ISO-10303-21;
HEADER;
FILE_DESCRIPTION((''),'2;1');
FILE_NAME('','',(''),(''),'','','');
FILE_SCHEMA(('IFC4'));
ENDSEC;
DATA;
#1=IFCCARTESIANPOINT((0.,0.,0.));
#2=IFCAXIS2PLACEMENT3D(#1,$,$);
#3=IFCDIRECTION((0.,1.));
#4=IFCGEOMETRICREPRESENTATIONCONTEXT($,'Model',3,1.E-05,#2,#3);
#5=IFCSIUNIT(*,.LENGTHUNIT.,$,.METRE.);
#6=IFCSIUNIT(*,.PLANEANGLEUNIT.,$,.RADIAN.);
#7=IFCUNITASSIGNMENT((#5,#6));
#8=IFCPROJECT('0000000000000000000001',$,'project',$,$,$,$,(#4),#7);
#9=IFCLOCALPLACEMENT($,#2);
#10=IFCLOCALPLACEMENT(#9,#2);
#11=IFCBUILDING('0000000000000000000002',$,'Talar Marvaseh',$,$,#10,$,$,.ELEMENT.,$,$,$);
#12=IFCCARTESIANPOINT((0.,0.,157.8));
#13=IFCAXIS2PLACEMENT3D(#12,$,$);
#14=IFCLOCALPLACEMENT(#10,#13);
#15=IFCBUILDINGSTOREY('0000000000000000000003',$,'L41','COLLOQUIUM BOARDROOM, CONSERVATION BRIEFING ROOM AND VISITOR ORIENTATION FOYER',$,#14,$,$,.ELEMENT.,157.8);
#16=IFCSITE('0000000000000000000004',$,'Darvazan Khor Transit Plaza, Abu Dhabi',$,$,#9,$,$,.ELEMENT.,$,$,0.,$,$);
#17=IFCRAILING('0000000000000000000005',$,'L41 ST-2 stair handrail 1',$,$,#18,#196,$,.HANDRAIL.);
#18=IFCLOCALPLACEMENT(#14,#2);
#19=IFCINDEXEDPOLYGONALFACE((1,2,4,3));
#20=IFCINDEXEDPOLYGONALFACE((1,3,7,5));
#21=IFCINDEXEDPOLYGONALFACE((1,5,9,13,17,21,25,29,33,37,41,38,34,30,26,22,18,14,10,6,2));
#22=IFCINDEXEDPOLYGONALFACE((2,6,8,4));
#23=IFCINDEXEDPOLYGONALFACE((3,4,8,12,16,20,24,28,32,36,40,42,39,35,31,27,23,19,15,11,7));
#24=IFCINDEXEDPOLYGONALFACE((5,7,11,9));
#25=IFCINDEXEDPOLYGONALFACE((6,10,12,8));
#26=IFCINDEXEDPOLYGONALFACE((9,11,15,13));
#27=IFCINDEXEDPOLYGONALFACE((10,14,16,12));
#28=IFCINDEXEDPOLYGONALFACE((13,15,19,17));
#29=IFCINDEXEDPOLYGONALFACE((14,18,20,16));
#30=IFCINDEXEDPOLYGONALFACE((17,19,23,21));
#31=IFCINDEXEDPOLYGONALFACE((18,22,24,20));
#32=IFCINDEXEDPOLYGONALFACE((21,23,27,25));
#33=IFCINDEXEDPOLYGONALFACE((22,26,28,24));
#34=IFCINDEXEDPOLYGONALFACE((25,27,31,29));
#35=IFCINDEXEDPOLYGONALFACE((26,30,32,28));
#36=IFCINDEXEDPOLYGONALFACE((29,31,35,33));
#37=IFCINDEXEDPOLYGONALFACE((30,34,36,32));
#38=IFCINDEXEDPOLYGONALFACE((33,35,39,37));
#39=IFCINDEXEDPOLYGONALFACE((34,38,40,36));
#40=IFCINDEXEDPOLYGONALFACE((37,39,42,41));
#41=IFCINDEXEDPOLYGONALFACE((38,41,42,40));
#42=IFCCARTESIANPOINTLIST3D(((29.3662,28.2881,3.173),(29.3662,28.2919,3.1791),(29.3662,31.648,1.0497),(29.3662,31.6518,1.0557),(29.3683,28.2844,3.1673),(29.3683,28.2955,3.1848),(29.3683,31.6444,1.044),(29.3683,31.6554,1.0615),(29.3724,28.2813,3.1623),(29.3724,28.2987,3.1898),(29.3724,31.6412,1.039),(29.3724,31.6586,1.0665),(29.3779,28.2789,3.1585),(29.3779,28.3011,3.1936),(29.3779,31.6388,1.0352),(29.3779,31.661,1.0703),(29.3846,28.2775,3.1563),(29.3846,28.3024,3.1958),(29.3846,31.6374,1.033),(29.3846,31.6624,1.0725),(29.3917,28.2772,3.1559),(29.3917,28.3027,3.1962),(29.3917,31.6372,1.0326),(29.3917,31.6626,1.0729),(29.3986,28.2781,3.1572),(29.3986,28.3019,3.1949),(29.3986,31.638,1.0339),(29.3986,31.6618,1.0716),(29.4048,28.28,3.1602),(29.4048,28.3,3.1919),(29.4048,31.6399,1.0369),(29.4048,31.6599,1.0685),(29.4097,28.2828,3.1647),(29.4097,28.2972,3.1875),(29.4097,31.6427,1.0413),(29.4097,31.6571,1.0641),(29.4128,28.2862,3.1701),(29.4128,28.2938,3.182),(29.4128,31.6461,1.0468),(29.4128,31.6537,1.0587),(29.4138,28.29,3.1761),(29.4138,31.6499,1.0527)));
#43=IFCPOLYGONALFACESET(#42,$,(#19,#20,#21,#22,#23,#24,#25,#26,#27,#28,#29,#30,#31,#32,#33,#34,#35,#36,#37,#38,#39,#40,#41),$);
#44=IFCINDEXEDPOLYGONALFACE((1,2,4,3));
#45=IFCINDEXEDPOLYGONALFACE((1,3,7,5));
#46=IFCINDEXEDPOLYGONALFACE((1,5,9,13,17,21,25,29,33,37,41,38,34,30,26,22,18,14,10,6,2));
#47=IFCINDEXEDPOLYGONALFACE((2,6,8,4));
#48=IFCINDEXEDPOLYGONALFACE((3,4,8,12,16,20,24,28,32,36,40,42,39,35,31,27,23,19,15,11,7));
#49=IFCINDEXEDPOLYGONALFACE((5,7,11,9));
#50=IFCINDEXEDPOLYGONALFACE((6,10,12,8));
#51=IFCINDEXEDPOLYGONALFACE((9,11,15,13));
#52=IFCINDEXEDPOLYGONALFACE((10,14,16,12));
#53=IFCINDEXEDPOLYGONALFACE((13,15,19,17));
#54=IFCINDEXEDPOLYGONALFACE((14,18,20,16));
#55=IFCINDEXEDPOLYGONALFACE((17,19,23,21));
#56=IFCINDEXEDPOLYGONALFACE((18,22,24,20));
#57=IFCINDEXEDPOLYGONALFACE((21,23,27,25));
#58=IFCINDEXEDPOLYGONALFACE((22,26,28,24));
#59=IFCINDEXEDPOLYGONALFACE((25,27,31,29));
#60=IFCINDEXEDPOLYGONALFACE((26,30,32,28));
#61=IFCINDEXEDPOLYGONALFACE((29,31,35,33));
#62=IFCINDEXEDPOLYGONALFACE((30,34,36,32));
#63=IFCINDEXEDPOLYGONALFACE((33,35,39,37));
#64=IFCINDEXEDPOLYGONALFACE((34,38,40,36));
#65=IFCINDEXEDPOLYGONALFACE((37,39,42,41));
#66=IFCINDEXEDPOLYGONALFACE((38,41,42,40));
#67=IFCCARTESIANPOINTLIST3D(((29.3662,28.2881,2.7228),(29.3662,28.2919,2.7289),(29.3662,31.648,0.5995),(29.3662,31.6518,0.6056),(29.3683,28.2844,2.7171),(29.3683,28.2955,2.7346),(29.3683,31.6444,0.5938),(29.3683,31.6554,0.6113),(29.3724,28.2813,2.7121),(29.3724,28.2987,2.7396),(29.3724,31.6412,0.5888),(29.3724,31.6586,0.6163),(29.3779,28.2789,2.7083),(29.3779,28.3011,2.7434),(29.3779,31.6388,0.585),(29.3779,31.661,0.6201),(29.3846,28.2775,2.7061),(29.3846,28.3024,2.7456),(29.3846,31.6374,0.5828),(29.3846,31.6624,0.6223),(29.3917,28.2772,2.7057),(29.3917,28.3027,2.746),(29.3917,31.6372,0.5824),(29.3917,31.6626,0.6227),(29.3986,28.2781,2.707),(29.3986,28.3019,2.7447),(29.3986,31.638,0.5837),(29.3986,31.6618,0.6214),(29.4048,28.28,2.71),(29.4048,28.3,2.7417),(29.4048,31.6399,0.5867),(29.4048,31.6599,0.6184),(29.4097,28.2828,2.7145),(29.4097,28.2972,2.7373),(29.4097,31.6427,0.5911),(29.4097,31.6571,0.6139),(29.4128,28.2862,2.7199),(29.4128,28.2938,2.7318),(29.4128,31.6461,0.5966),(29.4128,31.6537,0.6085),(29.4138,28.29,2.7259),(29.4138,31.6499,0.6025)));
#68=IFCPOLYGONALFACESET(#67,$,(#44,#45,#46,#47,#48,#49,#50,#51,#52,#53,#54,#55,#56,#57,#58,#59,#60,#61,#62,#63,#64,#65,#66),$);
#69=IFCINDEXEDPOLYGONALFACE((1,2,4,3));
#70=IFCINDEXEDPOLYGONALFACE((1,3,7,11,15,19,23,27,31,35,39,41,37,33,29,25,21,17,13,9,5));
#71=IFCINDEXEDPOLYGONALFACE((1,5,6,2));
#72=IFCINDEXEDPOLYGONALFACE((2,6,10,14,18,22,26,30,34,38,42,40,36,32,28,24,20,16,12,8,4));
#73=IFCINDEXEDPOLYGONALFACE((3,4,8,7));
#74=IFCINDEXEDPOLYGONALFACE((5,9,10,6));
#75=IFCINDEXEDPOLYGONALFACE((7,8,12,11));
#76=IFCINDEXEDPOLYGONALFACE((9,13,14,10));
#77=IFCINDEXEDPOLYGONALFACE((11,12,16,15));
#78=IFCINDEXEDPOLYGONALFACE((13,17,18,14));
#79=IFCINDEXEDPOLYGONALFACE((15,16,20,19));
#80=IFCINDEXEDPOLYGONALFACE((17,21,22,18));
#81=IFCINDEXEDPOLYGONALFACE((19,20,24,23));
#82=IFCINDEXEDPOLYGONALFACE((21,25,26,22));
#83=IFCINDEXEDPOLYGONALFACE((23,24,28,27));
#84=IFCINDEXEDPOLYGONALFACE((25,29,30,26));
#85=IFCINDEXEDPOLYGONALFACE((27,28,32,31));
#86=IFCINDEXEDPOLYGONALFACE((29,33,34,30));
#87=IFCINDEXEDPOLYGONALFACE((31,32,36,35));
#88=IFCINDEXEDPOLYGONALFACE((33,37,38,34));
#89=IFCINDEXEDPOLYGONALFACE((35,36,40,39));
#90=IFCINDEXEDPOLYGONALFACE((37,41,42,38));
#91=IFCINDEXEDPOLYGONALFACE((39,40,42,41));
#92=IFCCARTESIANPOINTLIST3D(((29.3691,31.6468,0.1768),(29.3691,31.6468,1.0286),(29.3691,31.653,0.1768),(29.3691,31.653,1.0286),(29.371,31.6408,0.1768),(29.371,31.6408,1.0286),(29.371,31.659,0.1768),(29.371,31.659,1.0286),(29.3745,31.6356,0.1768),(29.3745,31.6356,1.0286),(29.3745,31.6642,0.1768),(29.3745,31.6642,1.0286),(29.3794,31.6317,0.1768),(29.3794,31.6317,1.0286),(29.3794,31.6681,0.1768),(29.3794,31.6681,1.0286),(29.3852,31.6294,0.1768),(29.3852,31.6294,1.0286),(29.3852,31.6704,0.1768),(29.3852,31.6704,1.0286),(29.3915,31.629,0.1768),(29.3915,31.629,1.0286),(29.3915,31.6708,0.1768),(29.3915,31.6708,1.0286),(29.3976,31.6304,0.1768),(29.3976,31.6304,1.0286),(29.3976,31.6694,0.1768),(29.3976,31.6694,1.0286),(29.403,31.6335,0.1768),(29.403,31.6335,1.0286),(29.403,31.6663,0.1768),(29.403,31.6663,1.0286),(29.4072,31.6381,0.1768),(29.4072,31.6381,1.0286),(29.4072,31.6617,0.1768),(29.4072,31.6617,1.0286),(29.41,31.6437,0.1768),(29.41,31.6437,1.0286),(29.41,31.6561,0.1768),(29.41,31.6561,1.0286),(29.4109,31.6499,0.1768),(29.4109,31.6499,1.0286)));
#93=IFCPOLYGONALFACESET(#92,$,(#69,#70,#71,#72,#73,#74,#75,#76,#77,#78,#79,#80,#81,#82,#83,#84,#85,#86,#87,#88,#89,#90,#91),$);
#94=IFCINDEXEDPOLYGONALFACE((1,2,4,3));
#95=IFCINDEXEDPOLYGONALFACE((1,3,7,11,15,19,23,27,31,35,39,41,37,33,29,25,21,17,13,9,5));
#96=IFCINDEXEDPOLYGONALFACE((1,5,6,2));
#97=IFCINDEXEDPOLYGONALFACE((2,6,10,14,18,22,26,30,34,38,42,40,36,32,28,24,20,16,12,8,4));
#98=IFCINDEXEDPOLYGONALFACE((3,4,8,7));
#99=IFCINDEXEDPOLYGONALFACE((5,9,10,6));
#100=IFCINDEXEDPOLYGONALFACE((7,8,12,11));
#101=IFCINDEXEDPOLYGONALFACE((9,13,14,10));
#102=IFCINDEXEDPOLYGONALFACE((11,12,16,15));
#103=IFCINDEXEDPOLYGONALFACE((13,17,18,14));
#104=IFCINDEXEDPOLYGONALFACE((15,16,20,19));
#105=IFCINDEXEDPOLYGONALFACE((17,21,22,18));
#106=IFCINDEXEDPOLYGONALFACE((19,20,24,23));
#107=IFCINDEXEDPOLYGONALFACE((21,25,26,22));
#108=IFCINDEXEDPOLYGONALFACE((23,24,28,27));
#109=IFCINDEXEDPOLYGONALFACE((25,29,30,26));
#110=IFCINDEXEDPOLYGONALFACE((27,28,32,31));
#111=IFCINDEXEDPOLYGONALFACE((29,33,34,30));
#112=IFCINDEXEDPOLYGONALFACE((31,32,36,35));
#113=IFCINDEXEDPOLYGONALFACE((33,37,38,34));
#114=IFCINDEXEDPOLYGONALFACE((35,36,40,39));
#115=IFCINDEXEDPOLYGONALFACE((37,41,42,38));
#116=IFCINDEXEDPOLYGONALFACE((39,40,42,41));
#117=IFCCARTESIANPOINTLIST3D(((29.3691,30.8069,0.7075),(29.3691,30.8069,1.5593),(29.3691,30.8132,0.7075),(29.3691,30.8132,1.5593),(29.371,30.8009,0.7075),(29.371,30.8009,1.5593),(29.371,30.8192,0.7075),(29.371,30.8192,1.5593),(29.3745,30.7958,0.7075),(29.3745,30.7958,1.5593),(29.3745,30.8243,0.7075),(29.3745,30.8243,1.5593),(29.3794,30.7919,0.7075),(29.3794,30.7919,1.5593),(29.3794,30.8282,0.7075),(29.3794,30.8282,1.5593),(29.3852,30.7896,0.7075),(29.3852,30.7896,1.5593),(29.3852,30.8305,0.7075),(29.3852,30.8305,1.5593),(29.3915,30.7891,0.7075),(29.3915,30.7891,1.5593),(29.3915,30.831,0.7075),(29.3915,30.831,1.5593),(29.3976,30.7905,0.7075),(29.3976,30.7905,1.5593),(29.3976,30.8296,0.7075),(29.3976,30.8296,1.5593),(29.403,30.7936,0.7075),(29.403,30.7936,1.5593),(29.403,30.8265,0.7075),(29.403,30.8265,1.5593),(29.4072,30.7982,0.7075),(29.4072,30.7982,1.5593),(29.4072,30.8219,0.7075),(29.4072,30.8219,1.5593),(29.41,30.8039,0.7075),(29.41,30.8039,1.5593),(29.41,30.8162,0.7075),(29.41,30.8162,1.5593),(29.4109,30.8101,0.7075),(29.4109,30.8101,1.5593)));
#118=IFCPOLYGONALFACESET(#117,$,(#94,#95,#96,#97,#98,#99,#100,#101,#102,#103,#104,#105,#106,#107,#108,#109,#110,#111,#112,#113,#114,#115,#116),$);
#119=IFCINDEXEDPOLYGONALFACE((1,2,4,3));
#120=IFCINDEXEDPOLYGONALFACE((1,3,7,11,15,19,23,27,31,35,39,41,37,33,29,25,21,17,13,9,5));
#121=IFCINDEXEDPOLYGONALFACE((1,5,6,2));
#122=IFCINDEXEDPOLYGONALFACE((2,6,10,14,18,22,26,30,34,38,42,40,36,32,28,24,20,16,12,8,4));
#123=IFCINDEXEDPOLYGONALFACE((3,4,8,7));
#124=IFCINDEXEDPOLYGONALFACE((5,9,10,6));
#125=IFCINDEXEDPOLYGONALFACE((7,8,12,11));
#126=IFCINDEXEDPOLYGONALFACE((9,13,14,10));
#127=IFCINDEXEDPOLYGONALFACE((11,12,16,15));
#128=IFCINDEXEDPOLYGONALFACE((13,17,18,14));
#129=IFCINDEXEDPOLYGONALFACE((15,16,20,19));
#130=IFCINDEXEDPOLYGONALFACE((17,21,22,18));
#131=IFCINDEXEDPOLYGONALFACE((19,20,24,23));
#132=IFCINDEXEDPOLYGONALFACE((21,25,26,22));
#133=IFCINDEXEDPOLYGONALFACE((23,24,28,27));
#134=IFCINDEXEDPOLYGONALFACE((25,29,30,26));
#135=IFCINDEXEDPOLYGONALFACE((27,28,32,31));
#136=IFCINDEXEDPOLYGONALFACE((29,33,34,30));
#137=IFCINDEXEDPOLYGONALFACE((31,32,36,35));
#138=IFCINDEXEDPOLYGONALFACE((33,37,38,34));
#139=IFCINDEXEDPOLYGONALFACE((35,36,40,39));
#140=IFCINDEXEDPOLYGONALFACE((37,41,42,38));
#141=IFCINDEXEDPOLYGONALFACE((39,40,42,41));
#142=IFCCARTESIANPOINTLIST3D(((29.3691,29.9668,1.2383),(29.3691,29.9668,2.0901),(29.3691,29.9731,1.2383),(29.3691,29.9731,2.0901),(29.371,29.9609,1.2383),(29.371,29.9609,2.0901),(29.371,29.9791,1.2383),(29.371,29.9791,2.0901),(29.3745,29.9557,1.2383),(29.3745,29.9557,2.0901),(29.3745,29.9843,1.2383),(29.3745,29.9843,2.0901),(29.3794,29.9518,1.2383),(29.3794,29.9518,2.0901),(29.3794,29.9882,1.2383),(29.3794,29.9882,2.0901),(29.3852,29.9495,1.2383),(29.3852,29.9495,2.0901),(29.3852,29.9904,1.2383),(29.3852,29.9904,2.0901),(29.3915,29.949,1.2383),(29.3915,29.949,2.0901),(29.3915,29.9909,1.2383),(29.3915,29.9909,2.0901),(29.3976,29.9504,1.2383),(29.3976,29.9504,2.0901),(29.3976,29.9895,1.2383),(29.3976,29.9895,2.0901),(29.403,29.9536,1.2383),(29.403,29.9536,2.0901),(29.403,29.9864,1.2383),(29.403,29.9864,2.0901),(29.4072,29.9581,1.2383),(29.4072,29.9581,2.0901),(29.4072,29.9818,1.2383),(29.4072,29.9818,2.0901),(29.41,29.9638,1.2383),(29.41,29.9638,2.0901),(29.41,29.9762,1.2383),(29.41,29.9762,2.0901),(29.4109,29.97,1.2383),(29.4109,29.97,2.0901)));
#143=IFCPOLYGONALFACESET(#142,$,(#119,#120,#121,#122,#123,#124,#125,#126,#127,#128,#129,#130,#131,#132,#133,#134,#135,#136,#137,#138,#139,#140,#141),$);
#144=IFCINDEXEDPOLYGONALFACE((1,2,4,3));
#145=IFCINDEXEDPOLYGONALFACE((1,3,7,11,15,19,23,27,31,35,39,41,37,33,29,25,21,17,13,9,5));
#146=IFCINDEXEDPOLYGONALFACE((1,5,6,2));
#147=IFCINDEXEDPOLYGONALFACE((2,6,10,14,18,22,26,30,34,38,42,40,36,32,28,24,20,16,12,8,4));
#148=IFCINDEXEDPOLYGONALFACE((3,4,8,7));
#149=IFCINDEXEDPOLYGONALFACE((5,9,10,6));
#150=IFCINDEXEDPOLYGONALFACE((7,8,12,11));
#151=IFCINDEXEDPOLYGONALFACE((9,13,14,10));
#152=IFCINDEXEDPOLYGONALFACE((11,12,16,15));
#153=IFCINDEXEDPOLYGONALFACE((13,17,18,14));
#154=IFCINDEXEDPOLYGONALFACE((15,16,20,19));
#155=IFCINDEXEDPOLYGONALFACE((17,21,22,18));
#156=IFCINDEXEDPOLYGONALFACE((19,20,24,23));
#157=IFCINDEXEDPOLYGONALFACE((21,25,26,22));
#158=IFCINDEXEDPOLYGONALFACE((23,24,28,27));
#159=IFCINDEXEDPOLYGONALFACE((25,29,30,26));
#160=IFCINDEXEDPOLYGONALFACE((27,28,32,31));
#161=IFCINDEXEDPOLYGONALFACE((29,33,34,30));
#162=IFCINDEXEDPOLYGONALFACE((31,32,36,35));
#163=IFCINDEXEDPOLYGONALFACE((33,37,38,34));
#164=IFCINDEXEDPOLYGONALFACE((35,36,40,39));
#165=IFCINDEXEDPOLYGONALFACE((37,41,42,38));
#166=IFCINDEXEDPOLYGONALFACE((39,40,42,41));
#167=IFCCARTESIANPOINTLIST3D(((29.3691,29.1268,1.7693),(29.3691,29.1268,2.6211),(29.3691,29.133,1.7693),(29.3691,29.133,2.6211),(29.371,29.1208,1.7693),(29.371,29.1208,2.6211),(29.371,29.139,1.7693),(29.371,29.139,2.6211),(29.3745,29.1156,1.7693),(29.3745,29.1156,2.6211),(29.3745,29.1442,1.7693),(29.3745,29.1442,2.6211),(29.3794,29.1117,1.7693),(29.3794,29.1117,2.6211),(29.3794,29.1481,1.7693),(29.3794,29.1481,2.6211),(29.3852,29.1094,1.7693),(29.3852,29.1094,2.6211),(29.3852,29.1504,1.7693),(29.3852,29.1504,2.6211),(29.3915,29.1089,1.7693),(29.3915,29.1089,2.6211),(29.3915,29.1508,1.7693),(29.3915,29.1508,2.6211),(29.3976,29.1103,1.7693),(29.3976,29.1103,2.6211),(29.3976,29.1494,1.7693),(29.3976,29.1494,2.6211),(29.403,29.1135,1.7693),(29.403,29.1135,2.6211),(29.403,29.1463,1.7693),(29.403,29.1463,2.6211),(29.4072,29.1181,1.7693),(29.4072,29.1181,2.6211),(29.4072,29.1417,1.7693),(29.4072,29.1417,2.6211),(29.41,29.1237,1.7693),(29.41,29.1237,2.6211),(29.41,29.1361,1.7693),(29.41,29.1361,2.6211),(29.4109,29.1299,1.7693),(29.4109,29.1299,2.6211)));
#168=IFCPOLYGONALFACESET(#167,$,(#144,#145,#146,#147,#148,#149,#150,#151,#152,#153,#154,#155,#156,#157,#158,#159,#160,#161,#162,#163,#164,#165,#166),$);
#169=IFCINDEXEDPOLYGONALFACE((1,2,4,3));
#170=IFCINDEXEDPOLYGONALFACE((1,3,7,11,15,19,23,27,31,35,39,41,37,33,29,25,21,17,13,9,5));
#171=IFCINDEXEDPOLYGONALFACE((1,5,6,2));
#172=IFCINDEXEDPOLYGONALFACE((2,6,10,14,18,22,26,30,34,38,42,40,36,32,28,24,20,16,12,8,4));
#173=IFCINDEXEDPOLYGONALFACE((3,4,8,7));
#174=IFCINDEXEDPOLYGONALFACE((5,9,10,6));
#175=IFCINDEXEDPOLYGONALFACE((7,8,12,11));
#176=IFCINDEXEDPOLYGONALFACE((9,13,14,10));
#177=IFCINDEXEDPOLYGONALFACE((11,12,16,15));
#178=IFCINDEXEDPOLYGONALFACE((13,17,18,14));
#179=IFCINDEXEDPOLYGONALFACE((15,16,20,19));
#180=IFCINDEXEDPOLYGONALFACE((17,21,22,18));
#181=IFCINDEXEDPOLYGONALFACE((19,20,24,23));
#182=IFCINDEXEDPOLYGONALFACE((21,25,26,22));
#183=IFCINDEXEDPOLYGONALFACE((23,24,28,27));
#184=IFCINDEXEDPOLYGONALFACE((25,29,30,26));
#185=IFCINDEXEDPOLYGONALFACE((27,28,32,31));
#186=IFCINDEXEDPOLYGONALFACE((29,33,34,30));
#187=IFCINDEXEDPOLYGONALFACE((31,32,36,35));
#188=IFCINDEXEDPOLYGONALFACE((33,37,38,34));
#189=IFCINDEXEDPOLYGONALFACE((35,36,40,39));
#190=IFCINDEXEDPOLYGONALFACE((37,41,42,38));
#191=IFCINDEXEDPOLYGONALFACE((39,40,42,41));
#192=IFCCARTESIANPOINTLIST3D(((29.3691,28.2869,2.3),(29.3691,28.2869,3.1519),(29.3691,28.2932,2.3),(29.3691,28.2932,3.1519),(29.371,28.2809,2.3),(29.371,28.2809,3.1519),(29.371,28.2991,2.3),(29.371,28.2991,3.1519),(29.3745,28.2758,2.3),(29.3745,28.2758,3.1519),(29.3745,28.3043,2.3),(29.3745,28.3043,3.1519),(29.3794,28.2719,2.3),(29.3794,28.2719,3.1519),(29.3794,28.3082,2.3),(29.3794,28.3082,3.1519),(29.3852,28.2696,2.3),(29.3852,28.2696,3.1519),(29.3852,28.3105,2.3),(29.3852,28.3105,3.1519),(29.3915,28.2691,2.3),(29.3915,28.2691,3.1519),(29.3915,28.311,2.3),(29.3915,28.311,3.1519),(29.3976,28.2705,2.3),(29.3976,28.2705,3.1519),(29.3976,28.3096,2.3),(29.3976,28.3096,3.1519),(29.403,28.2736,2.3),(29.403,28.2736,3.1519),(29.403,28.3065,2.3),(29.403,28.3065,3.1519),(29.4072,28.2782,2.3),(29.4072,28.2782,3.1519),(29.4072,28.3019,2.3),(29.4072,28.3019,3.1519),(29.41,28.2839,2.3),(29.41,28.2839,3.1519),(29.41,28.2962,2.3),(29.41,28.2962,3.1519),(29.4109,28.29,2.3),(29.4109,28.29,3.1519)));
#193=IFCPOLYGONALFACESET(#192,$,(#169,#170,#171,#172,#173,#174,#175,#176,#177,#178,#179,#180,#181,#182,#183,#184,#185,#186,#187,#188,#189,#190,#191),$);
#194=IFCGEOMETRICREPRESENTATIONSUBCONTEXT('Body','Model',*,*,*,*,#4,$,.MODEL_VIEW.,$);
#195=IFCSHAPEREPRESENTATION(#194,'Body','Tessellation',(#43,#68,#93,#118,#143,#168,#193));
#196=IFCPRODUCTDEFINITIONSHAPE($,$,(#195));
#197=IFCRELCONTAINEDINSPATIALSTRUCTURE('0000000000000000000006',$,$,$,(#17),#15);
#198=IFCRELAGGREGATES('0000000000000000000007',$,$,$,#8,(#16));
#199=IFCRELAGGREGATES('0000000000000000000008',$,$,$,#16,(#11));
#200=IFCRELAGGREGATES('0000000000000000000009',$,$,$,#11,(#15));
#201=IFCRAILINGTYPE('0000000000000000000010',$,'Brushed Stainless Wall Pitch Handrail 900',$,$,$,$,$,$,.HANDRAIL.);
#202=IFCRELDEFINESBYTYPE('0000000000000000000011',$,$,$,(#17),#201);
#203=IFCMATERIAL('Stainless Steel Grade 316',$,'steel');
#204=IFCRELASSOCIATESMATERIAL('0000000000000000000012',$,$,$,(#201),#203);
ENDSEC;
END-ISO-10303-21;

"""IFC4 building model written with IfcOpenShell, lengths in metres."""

from ifc_helpers import new_model, si_unit, direction, frame, origin, origin_2d, place, context, subcontext, project, spatial, circle, extrude, material, type_object, element, save


model = new_model("IFC4")

# Units and contexts
model_context = context("Model", 3, precision=1e-05, world=origin(), true_north=direction((0.0, 1.0)))
body_context = subcontext(model_context, "Body", "Model", "MODEL_VIEW")
ifc_project = project(units=[si_unit("LENGTHUNIT", "METRE"), si_unit("PLANEANGLEUNIT", "RADIAN")], contexts=[model_context])

# Site, building, storey
site_placement = place(None, origin())
site = spatial("IfcSite", under=ifc_project, at=site_placement, Name="Darvazan Khor Transit Plaza, Abu Dhabi", CompositionType="ELEMENT", RefElevation=0.0)
building_placement = place(site_placement, origin())
building = spatial("IfcBuilding", under=site, at=building_placement, Name="Talar Marvaseh", CompositionType="ELEMENT")
storey_placement = place(building_placement, frame((0.0, 0.0, 157.8)))
storey = spatial("IfcBuildingStorey", under=building, at=storey_placement, Name="L41", Description="COLLOQUIUM BOARDROOM, CONSERVATION BRIEFING ROOM AND VISITOR ORIENTATION FOYER", CompositionType="ELEMENT", Elevation=157.8)

# Railing
ifc_material_1 = material(Name="Stainless Steel Grade 316", Category="steel")
railing_type_1 = type_object("IfcRailingType", Name="Brushed Stainless Wall Pitch Handrail 900", PredefinedType="HANDRAIL", material=ifc_material_1)
railing_1_placement = place(storey_placement, frame((29.3899, 31.6499, 0.1768)))
element("IfcRailing", 1, at=railing_1_placement, inside=storey, type_object=railing_type_1, Name="L41 ST-2 stair handrail 1", PredefinedType="HANDRAIL", context=body_context, shape_type="SweptSolid", body=[
    extrude(circle(Radius=0.0239, at=origin_2d()), frame((0.0, 0.0, 0.876), z_axis=(0.0, -0.845344, 0.534222), x_axis=(1.0, 0.0, 0.0)), (0.0, 0.0, 1.0), 3.9746),
    extrude(circle(Radius=0.0239, at=origin_2d()), frame((0.0, 0.0, 0.4258), z_axis=(0.0, -0.845344, 0.534222), x_axis=(1.0, 0.0, 0.0)), (0.0, 0.0, 1.0), 3.9746),
    extrude(circle(Radius=0.021, at=origin_2d()), origin(), (0.0, 0.0, 1.0), 0.8518),
    extrude(circle(Radius=0.021, at=origin_2d()), frame((0.0, -0.8398, 0.5308)), (0.0, 0.0, 1.0), 0.8518),
    extrude(circle(Radius=0.021, at=origin_2d()), frame((0.0, -1.6799, 1.0615)), (0.0, 0.0, 1.0), 0.8518),
    extrude(circle(Radius=0.021, at=origin_2d()), frame((0.0, -2.52, 1.5925)), (0.0, 0.0, 1.0), 0.8518),
    extrude(circle(Radius=0.021, at=origin_2d()), frame((0.0, -3.3599, 2.1233)), (0.0, 0.0, 1.0), 0.8518),
])

save(model, "model.ifc")
